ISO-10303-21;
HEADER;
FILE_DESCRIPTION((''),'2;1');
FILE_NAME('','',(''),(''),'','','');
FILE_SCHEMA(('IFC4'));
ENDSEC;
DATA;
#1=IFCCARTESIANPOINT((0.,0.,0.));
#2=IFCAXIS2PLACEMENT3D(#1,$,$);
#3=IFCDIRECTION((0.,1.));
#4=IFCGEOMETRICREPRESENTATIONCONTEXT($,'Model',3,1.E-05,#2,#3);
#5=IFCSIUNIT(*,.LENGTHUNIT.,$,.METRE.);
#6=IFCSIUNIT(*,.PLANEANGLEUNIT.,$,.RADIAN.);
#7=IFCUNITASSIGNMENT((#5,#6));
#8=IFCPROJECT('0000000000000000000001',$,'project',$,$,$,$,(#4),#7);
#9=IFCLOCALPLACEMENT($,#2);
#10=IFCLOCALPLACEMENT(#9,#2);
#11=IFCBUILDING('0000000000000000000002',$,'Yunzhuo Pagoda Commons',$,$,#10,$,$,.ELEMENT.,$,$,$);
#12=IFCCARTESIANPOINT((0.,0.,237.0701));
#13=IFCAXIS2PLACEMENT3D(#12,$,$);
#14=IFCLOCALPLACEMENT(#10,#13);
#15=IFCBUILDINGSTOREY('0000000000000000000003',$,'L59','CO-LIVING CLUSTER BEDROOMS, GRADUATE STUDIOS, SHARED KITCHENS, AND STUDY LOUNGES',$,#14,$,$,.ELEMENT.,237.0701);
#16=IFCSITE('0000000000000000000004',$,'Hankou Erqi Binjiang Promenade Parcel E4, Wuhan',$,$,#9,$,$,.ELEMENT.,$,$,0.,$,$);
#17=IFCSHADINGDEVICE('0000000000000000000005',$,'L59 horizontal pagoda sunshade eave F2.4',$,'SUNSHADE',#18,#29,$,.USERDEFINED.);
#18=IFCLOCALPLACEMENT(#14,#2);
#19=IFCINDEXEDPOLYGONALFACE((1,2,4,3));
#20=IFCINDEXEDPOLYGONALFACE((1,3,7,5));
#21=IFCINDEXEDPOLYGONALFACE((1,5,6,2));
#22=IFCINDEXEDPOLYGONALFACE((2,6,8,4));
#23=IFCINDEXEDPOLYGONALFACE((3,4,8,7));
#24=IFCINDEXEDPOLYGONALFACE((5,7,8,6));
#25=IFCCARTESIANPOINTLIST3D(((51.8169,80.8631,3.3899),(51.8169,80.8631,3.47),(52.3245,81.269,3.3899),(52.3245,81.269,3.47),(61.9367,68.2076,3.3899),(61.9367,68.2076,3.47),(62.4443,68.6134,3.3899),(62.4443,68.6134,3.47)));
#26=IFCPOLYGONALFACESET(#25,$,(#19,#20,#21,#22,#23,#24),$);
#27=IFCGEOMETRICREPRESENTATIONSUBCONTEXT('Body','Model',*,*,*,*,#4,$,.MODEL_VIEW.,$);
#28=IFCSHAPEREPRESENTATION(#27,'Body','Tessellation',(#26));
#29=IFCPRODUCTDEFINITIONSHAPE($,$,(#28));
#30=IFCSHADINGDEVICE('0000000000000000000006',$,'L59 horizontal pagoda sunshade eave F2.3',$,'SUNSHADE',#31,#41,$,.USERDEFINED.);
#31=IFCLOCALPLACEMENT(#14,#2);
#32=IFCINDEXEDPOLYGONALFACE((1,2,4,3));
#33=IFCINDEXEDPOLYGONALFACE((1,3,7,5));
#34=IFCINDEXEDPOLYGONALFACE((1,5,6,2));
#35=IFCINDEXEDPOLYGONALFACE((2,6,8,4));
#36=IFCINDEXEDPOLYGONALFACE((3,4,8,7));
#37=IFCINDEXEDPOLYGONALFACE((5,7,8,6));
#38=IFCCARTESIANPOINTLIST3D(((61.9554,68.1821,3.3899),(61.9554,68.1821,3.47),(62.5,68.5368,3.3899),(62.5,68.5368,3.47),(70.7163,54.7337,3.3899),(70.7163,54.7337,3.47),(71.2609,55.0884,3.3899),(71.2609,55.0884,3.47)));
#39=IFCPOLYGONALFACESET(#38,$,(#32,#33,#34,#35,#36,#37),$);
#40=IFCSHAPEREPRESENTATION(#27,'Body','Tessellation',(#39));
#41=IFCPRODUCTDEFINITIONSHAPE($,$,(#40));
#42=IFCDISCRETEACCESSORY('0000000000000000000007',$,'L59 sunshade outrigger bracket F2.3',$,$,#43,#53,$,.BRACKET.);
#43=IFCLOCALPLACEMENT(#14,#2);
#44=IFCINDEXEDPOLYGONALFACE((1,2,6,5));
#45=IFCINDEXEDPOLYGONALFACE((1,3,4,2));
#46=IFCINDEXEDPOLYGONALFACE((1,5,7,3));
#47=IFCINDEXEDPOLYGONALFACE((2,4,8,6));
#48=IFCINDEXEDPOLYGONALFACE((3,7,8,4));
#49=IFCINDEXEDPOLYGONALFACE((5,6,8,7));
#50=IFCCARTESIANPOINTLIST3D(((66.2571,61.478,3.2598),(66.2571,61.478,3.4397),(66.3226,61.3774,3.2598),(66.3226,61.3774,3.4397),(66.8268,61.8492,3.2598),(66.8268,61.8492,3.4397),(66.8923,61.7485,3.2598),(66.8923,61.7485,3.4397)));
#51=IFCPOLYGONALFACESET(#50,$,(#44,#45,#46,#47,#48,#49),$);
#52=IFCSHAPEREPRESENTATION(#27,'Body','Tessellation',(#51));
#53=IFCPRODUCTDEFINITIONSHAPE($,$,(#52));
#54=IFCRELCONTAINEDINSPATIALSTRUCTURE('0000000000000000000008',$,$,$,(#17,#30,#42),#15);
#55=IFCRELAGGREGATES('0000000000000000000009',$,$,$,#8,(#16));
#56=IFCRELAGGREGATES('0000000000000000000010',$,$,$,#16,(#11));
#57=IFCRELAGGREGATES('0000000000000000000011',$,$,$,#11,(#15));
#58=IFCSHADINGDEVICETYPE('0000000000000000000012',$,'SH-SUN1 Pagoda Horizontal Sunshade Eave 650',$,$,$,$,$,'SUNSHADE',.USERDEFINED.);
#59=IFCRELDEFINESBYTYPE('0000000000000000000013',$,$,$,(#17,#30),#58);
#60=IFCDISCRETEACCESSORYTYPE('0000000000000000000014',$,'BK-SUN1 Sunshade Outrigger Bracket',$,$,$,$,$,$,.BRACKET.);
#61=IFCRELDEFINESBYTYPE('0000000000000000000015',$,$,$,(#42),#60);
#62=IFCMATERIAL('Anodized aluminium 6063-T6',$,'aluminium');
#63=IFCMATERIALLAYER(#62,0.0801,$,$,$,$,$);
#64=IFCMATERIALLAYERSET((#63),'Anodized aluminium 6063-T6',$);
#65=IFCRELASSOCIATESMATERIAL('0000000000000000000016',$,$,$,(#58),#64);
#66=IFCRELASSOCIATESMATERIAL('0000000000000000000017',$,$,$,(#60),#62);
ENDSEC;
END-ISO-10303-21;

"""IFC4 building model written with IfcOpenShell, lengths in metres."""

from ifc_helpers import new_model, si_unit, direction, frame, origin, origin_2d, place, context, subcontext, project, spatial, rectangle, extrude, source, transform, mapped, material, layer, layer_set, type_object, element, save


model = new_model("IFC4")

# Units and contexts
model_context = context("Model", 3, precision=1e-05, world=origin(), true_north=direction((0.0, 1.0)))
body_context = subcontext(model_context, "Body", "Model", "MODEL_VIEW")
ifc_project = project(units=[si_unit("LENGTHUNIT", "METRE"), si_unit("PLANEANGLEUNIT", "RADIAN")], contexts=[model_context])

# Site, building, storey
site_placement = place(None, origin())
site = spatial("IfcSite", under=ifc_project, at=site_placement, Name="Hankou Erqi Binjiang Promenade Parcel E4, Wuhan", CompositionType="ELEMENT", RefElevation=0.0)
building_placement = place(site_placement, origin())
building = spatial("IfcBuilding", under=site, at=building_placement, Name="Yunzhuo Pagoda Commons", CompositionType="ELEMENT")
storey_placement = place(building_placement, frame((0.0, 0.0, 237.0701)))
storey = spatial("IfcBuildingStorey", under=building, at=storey_placement, Name="L59", Description="CO-LIVING CLUSTER BEDROOMS, GRADUATE STUDIOS, SHARED KITCHENS, AND STUDY LOUNGES", CompositionType="ELEMENT", Elevation=237.0701)

# Shared definitions
ifc_material_1 = material(Name="Anodized aluminium 6063-T6", Category="aluminium")

# Shading devices
ifc_layer_1 = layer(ifc_material_1, 0.0801)
ifc_layer_set_1 = layer_set([ifc_layer_1], Name="Anodized aluminium 6063-T6")
shading_device_type = type_object("IfcShadingDeviceType", Name="SH-SUN1 Pagoda Horizontal Sunshade Eave 650", ElementType="SUNSHADE", PredefinedType="USERDEFINED", material=ifc_layer_set_1)
shared_shape_1 = source(origin(), body_context, "Body", "SweptSolid", [
    extrude(rectangle(XDim=16.2041, YDim=0.6499, at=origin_2d()), origin(), (0.0, 0.0, 1.0), 0.0801),
])
shading_device_1_placement = place(storey_placement, frame((57.1306, 74.7383, 3.3899), z_axis=(0.0, 0.0, 1.0), x_axis=(-0.62452, 0.781008, 0.0)))
element("IfcShadingDevice", 1, at=shading_device_1_placement, inside=storey, type_object=shading_device_type, Name="L59 horizontal pagoda sunshade eave F2.4", ObjectType="SUNSHADE", PredefinedType="USERDEFINED", context=body_context, shape_type="MappedRepresentation", body=[
    mapped(shared_shape_1, transform((0.0, 0.0, 0.0), scale=1.0)),
])
shared_shape_2 = source(origin(), body_context, "Body", "SweptSolid", [
    extrude(rectangle(XDim=16.0503, YDim=0.6499, at=origin_2d()), origin(), (0.0, 0.0, 1.0), 0.0801),
])
shading_device_2_placement = place(storey_placement, frame((66.6082, 61.6353, 3.3899), z_axis=(0.0, 0.0, 1.0), x_axis=(-0.545839, 0.83789, 0.0)))
element("IfcShadingDevice", 2, at=shading_device_2_placement, inside=storey, type_object=shading_device_type, Name="L59 horizontal pagoda sunshade eave F2.3", ObjectType="SUNSHADE", PredefinedType="USERDEFINED", context=body_context, shape_type="MappedRepresentation", body=[
    mapped(shared_shape_2, transform((0.0, 0.0, 0.0), scale=1.0)),
])

# Discrete accessory
discrete_accessory_type = type_object("IfcDiscreteAccessoryType", Name="BK-SUN1 Sunshade Outrigger Bracket", PredefinedType="BRACKET", material=ifc_material_1)
shared_shape_3 = source(origin(), body_context, "Body", "SweptSolid", [
    extrude(rectangle(XDim=0.1201, YDim=0.6799, at=origin_2d()), origin(), (0.0, 0.0, 1.0), 0.1799),
])
discrete_accessory_placement = place(storey_placement, frame((66.5747, 61.6133, 3.2598), z_axis=(0.0, 0.0, 1.0), x_axis=(-0.545839, 0.83789, 0.0)))
element("IfcDiscreteAccessory", 3, at=discrete_accessory_placement, inside=storey, type_object=discrete_accessory_type, Name="L59 sunshade outrigger bracket F2.3", PredefinedType="BRACKET", context=body_context, shape_type="MappedRepresentation", body=[
    mapped(shared_shape_3, transform((0.0, 0.0, 0.0), scale=1.0)),
])

save(model, "model.ifc")
